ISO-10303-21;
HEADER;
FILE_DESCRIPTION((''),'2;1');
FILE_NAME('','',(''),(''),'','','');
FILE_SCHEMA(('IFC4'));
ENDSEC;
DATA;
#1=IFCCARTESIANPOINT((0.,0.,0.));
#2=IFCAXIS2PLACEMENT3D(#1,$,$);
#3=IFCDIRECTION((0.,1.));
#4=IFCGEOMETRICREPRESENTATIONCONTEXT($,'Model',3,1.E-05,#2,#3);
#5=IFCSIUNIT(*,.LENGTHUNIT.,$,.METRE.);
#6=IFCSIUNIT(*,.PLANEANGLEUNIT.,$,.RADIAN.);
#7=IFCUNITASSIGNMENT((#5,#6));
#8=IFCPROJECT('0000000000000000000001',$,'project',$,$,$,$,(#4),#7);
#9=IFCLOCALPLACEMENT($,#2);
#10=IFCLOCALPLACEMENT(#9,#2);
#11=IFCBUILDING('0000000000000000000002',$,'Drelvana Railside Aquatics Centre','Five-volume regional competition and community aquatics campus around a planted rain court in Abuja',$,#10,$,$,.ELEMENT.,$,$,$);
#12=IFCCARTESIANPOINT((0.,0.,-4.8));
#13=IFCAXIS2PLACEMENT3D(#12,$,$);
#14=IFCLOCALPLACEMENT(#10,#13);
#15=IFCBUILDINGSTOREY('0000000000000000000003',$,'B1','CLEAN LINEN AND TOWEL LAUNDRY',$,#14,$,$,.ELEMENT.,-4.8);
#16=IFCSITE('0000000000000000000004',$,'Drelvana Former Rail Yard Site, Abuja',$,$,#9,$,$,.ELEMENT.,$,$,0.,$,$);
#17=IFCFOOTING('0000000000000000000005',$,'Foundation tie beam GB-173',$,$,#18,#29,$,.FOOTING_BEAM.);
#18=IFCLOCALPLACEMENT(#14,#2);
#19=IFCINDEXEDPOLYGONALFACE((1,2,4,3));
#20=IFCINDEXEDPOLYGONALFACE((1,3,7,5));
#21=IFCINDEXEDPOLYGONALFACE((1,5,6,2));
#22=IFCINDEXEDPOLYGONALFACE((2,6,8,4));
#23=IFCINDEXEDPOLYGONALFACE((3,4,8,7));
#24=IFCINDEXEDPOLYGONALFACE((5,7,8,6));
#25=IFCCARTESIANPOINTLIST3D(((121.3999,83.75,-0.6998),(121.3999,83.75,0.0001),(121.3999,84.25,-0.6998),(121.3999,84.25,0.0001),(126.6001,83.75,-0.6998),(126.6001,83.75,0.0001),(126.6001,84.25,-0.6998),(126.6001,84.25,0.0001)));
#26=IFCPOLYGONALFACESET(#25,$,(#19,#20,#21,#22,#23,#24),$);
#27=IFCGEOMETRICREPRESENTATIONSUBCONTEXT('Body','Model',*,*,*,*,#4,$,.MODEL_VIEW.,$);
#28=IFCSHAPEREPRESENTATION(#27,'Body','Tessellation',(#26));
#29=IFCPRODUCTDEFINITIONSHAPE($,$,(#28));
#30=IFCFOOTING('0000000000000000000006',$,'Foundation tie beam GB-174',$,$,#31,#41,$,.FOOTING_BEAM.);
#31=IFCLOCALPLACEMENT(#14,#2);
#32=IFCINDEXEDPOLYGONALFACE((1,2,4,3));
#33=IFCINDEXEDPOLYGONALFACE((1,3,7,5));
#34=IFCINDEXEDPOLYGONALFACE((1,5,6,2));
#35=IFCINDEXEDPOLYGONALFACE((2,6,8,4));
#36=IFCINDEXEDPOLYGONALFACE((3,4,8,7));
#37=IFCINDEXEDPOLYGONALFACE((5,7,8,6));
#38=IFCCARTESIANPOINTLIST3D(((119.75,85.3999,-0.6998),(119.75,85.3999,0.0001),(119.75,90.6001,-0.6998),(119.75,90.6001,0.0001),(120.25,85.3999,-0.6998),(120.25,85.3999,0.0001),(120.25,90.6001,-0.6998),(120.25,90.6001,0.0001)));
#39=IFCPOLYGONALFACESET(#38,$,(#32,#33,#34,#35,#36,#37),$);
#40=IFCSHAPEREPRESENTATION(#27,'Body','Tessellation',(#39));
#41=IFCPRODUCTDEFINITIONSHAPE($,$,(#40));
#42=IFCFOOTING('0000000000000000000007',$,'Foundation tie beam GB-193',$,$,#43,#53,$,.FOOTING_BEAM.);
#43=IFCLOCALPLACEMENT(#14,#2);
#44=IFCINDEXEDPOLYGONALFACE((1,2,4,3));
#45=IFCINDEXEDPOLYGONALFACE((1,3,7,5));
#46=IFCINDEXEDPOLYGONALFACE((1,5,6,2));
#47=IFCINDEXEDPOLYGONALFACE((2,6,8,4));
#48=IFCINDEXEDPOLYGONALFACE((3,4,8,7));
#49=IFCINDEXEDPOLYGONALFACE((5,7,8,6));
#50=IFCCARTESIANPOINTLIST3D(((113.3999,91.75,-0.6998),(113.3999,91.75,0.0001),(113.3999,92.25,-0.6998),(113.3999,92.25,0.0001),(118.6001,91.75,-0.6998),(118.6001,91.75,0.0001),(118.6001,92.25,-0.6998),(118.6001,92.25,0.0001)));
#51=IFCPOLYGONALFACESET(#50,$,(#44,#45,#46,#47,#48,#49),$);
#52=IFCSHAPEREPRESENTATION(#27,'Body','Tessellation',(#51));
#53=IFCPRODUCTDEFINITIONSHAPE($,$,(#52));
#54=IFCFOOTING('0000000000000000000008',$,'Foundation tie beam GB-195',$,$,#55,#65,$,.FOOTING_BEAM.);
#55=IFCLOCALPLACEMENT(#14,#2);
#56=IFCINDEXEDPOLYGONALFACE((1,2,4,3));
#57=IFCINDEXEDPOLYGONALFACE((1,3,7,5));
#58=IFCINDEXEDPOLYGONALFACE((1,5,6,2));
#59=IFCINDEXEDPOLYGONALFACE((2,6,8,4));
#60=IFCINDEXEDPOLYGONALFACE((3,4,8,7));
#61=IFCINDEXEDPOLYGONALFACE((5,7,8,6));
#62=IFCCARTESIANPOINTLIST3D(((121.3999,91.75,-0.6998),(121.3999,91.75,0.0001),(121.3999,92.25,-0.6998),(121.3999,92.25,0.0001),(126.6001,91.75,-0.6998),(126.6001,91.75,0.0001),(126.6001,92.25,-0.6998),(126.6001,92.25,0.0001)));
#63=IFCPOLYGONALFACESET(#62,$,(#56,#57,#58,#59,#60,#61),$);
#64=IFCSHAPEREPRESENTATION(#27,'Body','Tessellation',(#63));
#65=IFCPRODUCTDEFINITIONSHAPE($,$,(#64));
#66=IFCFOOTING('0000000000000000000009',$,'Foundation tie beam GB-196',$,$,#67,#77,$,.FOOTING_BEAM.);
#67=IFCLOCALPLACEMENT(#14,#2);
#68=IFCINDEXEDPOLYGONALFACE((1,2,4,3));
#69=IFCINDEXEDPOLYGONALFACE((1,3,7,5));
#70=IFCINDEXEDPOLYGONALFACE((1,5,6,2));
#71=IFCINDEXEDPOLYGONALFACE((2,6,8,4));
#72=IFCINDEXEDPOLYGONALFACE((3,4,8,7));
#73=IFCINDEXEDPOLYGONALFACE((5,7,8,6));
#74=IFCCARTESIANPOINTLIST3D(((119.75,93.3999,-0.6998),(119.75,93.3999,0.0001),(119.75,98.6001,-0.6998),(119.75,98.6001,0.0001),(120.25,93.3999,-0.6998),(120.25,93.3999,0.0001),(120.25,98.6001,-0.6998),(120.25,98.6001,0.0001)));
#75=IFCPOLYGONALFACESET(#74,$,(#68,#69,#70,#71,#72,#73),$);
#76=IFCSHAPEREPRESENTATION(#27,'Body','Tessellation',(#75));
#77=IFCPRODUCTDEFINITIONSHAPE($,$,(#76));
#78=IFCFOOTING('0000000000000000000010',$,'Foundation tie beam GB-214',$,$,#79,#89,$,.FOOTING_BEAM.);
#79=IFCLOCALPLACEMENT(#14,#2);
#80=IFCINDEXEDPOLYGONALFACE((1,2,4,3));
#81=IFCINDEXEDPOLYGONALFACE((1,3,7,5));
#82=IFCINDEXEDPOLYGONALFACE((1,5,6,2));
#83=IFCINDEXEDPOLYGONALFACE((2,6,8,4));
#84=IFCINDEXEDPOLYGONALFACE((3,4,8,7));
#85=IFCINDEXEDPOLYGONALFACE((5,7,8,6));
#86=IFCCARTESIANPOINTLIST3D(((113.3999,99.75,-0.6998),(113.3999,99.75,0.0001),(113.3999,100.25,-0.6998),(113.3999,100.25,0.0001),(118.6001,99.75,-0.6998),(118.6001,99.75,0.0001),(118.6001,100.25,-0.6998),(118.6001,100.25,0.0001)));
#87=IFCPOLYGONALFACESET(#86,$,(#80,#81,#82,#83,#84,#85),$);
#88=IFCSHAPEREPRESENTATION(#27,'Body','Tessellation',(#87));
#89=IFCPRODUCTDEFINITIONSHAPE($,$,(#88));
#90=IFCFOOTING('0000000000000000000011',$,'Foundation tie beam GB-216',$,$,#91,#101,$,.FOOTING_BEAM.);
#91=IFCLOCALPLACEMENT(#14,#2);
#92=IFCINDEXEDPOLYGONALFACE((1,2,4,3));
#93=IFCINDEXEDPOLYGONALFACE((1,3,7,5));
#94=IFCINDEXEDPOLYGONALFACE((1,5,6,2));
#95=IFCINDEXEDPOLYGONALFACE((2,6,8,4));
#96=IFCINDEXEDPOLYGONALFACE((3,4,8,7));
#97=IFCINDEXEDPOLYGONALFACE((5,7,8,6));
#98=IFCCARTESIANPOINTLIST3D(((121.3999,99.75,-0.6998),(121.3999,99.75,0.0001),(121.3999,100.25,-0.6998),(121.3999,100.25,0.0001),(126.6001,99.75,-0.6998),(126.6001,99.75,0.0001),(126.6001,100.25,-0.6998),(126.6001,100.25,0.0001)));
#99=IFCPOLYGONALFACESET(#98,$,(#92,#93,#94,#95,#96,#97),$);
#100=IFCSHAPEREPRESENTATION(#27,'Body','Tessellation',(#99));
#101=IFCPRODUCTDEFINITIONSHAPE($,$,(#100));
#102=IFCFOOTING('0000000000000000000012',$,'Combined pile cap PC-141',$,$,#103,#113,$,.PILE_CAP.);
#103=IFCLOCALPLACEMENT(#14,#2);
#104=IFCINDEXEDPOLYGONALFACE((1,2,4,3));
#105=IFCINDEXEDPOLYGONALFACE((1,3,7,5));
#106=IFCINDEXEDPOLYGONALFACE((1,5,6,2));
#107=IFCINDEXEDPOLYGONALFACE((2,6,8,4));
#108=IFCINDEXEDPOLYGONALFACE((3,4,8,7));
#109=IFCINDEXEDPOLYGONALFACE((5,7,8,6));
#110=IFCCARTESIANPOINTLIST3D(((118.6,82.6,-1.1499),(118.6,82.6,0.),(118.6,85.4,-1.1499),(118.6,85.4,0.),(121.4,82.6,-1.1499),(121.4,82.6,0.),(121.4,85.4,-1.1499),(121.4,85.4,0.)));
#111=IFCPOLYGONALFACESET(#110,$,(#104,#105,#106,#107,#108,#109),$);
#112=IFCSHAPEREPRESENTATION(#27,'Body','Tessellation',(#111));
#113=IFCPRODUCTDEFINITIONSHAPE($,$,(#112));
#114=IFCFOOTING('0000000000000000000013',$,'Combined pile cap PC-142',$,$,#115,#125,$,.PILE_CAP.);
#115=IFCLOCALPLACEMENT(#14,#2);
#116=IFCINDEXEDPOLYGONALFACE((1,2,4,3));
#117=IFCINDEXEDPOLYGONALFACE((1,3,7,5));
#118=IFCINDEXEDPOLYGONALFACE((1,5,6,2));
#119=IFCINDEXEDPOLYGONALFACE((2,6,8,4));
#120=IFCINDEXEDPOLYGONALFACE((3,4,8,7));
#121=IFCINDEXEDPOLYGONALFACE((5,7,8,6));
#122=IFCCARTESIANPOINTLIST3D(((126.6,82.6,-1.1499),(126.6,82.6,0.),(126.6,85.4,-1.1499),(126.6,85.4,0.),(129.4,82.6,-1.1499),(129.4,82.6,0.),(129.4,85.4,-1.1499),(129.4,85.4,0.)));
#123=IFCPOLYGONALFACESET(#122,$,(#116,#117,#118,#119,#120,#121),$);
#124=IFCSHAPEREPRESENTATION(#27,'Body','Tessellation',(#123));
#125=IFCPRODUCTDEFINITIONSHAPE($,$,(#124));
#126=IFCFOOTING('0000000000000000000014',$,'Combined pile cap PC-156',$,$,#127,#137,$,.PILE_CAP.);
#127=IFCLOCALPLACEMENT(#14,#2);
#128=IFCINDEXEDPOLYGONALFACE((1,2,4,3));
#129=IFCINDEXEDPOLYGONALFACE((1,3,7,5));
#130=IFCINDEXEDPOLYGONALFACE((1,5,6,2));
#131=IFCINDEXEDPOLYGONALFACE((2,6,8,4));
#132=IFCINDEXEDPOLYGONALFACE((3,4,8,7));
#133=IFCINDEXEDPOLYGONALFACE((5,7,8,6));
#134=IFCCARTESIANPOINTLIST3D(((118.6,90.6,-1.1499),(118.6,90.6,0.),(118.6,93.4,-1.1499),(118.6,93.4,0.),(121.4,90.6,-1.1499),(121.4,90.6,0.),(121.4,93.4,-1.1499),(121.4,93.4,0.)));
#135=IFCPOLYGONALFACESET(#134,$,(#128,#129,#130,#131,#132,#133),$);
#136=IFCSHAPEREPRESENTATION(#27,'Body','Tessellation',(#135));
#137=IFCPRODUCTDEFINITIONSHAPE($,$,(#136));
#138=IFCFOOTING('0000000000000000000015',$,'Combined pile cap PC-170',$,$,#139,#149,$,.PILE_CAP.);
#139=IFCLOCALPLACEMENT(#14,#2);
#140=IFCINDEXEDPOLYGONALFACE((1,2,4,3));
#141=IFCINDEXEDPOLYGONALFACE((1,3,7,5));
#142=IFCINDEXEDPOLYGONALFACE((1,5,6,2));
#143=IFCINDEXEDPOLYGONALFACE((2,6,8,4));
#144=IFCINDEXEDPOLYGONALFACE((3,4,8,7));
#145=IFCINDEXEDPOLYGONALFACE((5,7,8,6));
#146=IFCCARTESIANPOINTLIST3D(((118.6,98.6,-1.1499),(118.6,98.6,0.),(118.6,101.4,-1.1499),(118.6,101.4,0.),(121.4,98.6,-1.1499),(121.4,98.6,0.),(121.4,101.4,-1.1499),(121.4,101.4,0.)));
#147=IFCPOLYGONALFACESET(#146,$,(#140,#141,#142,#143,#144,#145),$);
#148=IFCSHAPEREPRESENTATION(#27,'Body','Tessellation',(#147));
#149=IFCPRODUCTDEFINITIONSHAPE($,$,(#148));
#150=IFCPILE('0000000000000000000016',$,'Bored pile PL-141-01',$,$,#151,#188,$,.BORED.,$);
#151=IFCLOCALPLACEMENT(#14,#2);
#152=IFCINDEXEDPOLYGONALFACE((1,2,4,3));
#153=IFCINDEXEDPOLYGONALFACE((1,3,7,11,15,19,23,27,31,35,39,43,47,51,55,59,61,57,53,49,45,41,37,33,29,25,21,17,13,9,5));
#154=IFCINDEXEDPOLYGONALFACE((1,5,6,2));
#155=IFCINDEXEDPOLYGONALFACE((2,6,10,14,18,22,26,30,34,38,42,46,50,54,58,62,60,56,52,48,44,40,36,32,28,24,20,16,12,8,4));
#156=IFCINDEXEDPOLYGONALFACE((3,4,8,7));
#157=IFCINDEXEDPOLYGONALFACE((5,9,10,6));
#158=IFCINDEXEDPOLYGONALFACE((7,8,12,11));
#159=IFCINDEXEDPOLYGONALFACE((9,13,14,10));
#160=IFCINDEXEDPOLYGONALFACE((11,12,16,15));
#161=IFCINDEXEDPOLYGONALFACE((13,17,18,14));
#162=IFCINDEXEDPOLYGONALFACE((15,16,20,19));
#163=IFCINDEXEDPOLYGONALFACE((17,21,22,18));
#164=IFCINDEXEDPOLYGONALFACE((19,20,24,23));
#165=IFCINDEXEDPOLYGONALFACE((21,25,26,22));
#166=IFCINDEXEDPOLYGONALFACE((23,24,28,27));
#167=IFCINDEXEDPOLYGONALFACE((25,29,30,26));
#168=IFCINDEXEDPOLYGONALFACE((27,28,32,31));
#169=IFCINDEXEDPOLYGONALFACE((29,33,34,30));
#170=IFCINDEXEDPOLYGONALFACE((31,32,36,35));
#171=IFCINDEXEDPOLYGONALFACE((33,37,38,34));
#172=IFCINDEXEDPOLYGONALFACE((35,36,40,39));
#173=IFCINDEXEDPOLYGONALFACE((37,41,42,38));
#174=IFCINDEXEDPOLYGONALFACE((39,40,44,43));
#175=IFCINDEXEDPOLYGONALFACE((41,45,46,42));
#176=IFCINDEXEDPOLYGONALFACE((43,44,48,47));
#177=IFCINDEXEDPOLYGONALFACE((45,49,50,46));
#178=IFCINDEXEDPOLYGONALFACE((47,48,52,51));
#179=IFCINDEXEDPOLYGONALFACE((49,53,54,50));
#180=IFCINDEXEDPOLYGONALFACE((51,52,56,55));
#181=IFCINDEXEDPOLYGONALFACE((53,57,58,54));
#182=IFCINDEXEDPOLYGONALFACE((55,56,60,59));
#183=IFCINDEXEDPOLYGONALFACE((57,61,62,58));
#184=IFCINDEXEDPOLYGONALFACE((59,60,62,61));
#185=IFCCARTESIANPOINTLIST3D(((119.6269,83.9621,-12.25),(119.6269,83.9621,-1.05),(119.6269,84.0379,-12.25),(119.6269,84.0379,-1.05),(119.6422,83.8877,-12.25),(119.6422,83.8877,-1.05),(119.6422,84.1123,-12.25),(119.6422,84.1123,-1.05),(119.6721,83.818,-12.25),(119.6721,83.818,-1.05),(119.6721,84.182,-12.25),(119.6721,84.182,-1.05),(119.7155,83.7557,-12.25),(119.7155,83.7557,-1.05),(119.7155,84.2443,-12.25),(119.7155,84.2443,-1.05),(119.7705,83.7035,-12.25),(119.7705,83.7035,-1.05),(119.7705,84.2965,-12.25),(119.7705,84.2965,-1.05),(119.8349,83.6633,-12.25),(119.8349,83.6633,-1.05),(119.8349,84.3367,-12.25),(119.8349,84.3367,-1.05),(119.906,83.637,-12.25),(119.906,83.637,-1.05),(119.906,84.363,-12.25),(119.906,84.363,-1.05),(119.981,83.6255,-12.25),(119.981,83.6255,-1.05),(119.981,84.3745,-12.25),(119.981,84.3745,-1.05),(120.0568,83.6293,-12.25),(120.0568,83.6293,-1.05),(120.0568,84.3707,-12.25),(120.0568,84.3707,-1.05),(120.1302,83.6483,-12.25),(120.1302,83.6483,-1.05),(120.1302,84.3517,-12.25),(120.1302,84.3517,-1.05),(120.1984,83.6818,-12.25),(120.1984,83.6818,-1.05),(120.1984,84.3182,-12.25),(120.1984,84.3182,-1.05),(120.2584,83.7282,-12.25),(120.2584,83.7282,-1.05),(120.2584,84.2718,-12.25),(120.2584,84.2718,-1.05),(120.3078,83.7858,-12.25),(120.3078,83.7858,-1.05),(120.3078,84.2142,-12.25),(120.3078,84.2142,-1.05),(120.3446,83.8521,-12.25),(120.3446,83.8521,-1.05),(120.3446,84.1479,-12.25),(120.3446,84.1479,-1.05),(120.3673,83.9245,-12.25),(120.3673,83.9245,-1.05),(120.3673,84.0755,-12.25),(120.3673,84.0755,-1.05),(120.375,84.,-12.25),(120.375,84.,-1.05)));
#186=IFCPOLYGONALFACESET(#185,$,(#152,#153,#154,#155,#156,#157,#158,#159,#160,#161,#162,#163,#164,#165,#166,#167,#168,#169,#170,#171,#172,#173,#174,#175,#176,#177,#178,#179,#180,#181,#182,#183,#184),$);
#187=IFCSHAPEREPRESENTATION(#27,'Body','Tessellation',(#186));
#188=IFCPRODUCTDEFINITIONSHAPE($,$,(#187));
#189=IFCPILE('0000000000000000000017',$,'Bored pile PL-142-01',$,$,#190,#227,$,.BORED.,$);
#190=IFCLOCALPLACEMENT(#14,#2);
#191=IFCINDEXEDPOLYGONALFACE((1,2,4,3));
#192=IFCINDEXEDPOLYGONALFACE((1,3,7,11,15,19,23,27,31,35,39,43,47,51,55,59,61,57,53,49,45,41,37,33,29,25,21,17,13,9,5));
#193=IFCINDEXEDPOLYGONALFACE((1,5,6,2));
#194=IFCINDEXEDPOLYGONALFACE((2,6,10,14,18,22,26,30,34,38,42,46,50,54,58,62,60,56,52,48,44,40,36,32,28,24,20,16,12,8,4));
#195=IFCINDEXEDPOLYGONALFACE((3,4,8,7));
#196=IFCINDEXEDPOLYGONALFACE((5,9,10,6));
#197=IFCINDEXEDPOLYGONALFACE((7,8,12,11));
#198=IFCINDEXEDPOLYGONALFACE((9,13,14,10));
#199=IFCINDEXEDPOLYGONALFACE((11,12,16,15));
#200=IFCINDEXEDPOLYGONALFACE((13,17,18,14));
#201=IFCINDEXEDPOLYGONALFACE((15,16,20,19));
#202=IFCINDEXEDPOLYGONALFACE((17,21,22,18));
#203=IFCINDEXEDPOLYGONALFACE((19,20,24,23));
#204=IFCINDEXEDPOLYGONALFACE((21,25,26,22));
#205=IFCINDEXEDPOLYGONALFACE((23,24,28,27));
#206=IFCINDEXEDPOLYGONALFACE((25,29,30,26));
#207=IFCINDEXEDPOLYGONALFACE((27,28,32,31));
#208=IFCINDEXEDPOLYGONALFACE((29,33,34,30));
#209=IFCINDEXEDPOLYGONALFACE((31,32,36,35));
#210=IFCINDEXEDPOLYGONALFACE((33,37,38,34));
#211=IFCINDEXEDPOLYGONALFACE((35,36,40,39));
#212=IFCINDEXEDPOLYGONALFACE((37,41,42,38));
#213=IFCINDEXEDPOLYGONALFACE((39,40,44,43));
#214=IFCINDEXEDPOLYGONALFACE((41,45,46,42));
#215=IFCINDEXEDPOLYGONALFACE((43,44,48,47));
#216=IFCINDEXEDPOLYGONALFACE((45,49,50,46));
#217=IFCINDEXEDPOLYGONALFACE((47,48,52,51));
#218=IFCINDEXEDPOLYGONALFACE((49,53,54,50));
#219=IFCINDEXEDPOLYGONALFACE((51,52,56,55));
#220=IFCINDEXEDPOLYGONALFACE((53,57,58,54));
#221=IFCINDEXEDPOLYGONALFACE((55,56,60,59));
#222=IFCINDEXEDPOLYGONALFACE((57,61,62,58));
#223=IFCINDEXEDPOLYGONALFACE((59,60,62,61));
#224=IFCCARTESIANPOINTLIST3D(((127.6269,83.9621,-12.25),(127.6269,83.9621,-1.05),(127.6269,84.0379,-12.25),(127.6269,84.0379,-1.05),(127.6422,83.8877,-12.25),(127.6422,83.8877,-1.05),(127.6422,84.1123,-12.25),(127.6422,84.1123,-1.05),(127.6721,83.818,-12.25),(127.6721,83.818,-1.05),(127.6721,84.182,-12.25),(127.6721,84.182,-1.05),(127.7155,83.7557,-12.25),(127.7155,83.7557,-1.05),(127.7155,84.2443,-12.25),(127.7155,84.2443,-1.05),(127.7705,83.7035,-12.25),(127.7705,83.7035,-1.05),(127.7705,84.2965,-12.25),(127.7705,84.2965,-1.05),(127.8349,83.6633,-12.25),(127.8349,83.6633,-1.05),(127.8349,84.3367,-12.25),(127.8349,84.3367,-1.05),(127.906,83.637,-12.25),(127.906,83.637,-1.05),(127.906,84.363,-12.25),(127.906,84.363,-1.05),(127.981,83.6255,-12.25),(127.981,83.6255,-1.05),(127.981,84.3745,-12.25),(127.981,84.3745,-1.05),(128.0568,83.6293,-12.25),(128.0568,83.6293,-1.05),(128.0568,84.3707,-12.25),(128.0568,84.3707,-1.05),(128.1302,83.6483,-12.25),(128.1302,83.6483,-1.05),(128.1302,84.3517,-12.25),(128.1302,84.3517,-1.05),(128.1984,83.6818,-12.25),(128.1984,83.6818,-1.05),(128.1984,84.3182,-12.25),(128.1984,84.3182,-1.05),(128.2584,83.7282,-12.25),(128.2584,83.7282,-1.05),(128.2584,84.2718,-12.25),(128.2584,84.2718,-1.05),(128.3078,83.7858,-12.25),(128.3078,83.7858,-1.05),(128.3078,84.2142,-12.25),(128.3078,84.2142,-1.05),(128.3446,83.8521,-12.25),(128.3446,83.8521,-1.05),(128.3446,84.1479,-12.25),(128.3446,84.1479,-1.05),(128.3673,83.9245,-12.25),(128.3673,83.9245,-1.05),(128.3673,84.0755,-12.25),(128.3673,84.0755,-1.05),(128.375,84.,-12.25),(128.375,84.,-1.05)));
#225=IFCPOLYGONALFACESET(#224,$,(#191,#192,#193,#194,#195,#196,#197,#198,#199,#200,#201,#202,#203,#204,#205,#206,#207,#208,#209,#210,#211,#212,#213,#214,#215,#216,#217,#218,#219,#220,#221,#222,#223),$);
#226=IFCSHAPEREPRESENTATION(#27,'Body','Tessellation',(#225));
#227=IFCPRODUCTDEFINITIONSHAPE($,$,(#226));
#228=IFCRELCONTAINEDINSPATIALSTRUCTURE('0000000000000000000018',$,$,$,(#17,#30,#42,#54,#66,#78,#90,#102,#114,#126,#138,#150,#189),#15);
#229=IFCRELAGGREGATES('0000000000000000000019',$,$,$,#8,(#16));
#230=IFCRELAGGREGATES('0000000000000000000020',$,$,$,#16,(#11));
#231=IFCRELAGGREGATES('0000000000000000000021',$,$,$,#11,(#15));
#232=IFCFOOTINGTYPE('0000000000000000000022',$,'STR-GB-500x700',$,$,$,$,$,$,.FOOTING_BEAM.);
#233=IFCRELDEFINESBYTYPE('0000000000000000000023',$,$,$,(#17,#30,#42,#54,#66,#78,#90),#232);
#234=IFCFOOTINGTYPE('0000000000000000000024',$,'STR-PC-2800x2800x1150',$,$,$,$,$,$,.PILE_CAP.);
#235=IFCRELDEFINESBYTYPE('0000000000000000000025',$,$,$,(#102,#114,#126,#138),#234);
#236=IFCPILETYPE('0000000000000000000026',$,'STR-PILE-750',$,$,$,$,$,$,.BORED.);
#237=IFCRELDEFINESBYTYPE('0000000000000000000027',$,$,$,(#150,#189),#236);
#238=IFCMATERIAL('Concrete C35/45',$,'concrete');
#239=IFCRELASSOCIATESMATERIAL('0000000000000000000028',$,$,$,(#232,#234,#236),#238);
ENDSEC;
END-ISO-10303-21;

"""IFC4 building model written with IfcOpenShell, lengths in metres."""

from ifc_helpers import new_model, si_unit, direction, frame, origin, origin_2d, place, context, subcontext, project, spatial, rectangle, circle, extrude, material, material_profile, profile_set, type_object, element, save


model = new_model("IFC4")

# Units and contexts
model_context = context("Model", 3, precision=1e-05, world=origin(), true_north=direction((0.0, 1.0)))
body_context = subcontext(model_context, "Body", "Model", "MODEL_VIEW")
ifc_project = project(units=[si_unit("LENGTHUNIT", "METRE"), si_unit("PLANEANGLEUNIT", "RADIAN")], contexts=[model_context])

# Site, building, storey
site_placement = place(None, origin())
site = spatial("IfcSite", under=ifc_project, at=site_placement, Name="Drelvana Former Rail Yard Site, Abuja", CompositionType="ELEMENT", RefElevation=0.0)
building_placement = place(site_placement, origin())
building = spatial("IfcBuilding", under=site, at=building_placement, Name="Drelvana Railside Aquatics Centre", Description="Five-volume regional competition and community aquatics campus around a planted rain court in Abuja", CompositionType="ELEMENT")
storey_placement = place(building_placement, frame((0.0, 0.0, -4.8)))
storey = spatial("IfcBuildingStorey", under=building, at=storey_placement, Name="B1", Description="CLEAN LINEN AND TOWEL LAUNDRY", CompositionType="ELEMENT", Elevation=-4.8)

# Footings
ifc_material_1 = material(Name="Concrete C35/45", Category="concrete")
ifc_material_profile_1 = material_profile(ifc_material_1, rectangle(XDim=0.5, YDim=0.7, at=origin_2d()), Name="GB 500x700")
ifc_profile_set_1 = profile_set([ifc_material_profile_1], Name="Concrete C35/45")
footing_type_1 = type_object("IfcFootingType", Name="STR-GB-500x700", PredefinedType="FOOTING_BEAM", material=ifc_profile_set_1)
for number, where, z_axis, x_axis, name in (
    (1, (121.3999, 84.0, -0.3499), (1.0, 0.0, 0.0), (0.0, 1.0, 0.0), "Foundation tie beam GB-173"),
    (2, (120.0, 85.3999, -0.3499), (0.0, 1.0, 0.0), (-1.0, 0.0, 0.0), "Foundation tie beam GB-174"),
    (3, (113.3999, 92.0, -0.3499), (1.0, 0.0, 0.0), (0.0, 1.0, 0.0), "Foundation tie beam GB-193"),
    (4, (121.3999, 92.0, -0.3499), (1.0, 0.0, 0.0), (0.0, 1.0, 0.0), "Foundation tie beam GB-195"),
    (5, (120.0, 93.3999, -0.3499), (0.0, 1.0, 0.0), (-1.0, 0.0, 0.0), "Foundation tie beam GB-196"),
    (6, (113.3999, 100.0, -0.3499), (1.0, 0.0, 0.0), (0.0, 1.0, 0.0), "Foundation tie beam GB-214"),
    (7, (121.3999, 100.0, -0.3499), (1.0, 0.0, 0.0), (0.0, 1.0, 0.0), "Foundation tie beam GB-216"),
):
    element("IfcFooting", number, at=place(storey_placement, frame(where, z_axis=z_axis, x_axis=x_axis)), inside=storey, type_object=footing_type_1, Name=name, PredefinedType="FOOTING_BEAM", context=body_context, shape_type="SweptSolid", body=[
        extrude(rectangle(XDim=0.5, YDim=0.7, at=origin_2d()), origin(), (0.0, 0.0, 1.0), 5.2002),
    ])
footing_type_2 = type_object("IfcFootingType", Name="STR-PC-2800x2800x1150", PredefinedType="PILE_CAP", material=ifc_material_1)
for number, where, z_axis, x_axis, name in (
    (8, (120.0, 84.0, -1.1499), (0.0, 0.0, 1.0), (1.0, 0.0, 0.0), "Combined pile cap PC-141"),
    (9, (128.0, 84.0, -1.1499), (0.0, 0.0, 1.0), (1.0, 0.0, 0.0), "Combined pile cap PC-142"),
    (10, (120.0, 92.0, -1.1499), (0.0, 0.0, 1.0), (1.0, 0.0, 0.0), "Combined pile cap PC-156"),
    (11, (120.0, 100.0, -1.1499), (0.0, 0.0, 1.0), (1.0, 0.0, 0.0), "Combined pile cap PC-170"),
):
    element("IfcFooting", number, at=place(storey_placement, frame(where, z_axis=z_axis, x_axis=x_axis)), inside=storey, type_object=footing_type_2, Name=name, PredefinedType="PILE_CAP", context=body_context, shape_type="SweptSolid", body=[
        extrude(rectangle(XDim=2.8, YDim=2.8, at=origin_2d()), origin(), (0.0, 0.0, 1.0), 1.1499),
    ])

# Piles
ifc_material_profile_2 = material_profile(ifc_material_1, circle(Radius=0.375, at=origin_2d()), Name="PILE D750")
ifc_profile_set_2 = profile_set([ifc_material_profile_2], Name="Concrete C35/45")
pile_type = type_object("IfcPileType", Name="STR-PILE-750", PredefinedType="BORED", material=ifc_profile_set_2)
for number, where, z_axis, x_axis, name in (
    (12, (120.0, 84.0, -1.05), (0.0, 0.0, -1.0), (1.0, 0.0, 0.0), "Bored pile PL-141-01"),
    (13, (128.0, 84.0, -1.05), (0.0, 0.0, -1.0), (1.0, 0.0, 0.0), "Bored pile PL-142-01"),
):
    element("IfcPile", number, at=place(storey_placement, frame(where, z_axis=z_axis, x_axis=x_axis)), inside=storey, type_object=pile_type, Name=name, PredefinedType="BORED", context=body_context, shape_type="SweptSolid", body=[
        extrude(circle(Radius=0.375, at=origin_2d()), origin(), (0.0, 0.0, 1.0), 11.2),
    ])

save(model, "model.ifc")
